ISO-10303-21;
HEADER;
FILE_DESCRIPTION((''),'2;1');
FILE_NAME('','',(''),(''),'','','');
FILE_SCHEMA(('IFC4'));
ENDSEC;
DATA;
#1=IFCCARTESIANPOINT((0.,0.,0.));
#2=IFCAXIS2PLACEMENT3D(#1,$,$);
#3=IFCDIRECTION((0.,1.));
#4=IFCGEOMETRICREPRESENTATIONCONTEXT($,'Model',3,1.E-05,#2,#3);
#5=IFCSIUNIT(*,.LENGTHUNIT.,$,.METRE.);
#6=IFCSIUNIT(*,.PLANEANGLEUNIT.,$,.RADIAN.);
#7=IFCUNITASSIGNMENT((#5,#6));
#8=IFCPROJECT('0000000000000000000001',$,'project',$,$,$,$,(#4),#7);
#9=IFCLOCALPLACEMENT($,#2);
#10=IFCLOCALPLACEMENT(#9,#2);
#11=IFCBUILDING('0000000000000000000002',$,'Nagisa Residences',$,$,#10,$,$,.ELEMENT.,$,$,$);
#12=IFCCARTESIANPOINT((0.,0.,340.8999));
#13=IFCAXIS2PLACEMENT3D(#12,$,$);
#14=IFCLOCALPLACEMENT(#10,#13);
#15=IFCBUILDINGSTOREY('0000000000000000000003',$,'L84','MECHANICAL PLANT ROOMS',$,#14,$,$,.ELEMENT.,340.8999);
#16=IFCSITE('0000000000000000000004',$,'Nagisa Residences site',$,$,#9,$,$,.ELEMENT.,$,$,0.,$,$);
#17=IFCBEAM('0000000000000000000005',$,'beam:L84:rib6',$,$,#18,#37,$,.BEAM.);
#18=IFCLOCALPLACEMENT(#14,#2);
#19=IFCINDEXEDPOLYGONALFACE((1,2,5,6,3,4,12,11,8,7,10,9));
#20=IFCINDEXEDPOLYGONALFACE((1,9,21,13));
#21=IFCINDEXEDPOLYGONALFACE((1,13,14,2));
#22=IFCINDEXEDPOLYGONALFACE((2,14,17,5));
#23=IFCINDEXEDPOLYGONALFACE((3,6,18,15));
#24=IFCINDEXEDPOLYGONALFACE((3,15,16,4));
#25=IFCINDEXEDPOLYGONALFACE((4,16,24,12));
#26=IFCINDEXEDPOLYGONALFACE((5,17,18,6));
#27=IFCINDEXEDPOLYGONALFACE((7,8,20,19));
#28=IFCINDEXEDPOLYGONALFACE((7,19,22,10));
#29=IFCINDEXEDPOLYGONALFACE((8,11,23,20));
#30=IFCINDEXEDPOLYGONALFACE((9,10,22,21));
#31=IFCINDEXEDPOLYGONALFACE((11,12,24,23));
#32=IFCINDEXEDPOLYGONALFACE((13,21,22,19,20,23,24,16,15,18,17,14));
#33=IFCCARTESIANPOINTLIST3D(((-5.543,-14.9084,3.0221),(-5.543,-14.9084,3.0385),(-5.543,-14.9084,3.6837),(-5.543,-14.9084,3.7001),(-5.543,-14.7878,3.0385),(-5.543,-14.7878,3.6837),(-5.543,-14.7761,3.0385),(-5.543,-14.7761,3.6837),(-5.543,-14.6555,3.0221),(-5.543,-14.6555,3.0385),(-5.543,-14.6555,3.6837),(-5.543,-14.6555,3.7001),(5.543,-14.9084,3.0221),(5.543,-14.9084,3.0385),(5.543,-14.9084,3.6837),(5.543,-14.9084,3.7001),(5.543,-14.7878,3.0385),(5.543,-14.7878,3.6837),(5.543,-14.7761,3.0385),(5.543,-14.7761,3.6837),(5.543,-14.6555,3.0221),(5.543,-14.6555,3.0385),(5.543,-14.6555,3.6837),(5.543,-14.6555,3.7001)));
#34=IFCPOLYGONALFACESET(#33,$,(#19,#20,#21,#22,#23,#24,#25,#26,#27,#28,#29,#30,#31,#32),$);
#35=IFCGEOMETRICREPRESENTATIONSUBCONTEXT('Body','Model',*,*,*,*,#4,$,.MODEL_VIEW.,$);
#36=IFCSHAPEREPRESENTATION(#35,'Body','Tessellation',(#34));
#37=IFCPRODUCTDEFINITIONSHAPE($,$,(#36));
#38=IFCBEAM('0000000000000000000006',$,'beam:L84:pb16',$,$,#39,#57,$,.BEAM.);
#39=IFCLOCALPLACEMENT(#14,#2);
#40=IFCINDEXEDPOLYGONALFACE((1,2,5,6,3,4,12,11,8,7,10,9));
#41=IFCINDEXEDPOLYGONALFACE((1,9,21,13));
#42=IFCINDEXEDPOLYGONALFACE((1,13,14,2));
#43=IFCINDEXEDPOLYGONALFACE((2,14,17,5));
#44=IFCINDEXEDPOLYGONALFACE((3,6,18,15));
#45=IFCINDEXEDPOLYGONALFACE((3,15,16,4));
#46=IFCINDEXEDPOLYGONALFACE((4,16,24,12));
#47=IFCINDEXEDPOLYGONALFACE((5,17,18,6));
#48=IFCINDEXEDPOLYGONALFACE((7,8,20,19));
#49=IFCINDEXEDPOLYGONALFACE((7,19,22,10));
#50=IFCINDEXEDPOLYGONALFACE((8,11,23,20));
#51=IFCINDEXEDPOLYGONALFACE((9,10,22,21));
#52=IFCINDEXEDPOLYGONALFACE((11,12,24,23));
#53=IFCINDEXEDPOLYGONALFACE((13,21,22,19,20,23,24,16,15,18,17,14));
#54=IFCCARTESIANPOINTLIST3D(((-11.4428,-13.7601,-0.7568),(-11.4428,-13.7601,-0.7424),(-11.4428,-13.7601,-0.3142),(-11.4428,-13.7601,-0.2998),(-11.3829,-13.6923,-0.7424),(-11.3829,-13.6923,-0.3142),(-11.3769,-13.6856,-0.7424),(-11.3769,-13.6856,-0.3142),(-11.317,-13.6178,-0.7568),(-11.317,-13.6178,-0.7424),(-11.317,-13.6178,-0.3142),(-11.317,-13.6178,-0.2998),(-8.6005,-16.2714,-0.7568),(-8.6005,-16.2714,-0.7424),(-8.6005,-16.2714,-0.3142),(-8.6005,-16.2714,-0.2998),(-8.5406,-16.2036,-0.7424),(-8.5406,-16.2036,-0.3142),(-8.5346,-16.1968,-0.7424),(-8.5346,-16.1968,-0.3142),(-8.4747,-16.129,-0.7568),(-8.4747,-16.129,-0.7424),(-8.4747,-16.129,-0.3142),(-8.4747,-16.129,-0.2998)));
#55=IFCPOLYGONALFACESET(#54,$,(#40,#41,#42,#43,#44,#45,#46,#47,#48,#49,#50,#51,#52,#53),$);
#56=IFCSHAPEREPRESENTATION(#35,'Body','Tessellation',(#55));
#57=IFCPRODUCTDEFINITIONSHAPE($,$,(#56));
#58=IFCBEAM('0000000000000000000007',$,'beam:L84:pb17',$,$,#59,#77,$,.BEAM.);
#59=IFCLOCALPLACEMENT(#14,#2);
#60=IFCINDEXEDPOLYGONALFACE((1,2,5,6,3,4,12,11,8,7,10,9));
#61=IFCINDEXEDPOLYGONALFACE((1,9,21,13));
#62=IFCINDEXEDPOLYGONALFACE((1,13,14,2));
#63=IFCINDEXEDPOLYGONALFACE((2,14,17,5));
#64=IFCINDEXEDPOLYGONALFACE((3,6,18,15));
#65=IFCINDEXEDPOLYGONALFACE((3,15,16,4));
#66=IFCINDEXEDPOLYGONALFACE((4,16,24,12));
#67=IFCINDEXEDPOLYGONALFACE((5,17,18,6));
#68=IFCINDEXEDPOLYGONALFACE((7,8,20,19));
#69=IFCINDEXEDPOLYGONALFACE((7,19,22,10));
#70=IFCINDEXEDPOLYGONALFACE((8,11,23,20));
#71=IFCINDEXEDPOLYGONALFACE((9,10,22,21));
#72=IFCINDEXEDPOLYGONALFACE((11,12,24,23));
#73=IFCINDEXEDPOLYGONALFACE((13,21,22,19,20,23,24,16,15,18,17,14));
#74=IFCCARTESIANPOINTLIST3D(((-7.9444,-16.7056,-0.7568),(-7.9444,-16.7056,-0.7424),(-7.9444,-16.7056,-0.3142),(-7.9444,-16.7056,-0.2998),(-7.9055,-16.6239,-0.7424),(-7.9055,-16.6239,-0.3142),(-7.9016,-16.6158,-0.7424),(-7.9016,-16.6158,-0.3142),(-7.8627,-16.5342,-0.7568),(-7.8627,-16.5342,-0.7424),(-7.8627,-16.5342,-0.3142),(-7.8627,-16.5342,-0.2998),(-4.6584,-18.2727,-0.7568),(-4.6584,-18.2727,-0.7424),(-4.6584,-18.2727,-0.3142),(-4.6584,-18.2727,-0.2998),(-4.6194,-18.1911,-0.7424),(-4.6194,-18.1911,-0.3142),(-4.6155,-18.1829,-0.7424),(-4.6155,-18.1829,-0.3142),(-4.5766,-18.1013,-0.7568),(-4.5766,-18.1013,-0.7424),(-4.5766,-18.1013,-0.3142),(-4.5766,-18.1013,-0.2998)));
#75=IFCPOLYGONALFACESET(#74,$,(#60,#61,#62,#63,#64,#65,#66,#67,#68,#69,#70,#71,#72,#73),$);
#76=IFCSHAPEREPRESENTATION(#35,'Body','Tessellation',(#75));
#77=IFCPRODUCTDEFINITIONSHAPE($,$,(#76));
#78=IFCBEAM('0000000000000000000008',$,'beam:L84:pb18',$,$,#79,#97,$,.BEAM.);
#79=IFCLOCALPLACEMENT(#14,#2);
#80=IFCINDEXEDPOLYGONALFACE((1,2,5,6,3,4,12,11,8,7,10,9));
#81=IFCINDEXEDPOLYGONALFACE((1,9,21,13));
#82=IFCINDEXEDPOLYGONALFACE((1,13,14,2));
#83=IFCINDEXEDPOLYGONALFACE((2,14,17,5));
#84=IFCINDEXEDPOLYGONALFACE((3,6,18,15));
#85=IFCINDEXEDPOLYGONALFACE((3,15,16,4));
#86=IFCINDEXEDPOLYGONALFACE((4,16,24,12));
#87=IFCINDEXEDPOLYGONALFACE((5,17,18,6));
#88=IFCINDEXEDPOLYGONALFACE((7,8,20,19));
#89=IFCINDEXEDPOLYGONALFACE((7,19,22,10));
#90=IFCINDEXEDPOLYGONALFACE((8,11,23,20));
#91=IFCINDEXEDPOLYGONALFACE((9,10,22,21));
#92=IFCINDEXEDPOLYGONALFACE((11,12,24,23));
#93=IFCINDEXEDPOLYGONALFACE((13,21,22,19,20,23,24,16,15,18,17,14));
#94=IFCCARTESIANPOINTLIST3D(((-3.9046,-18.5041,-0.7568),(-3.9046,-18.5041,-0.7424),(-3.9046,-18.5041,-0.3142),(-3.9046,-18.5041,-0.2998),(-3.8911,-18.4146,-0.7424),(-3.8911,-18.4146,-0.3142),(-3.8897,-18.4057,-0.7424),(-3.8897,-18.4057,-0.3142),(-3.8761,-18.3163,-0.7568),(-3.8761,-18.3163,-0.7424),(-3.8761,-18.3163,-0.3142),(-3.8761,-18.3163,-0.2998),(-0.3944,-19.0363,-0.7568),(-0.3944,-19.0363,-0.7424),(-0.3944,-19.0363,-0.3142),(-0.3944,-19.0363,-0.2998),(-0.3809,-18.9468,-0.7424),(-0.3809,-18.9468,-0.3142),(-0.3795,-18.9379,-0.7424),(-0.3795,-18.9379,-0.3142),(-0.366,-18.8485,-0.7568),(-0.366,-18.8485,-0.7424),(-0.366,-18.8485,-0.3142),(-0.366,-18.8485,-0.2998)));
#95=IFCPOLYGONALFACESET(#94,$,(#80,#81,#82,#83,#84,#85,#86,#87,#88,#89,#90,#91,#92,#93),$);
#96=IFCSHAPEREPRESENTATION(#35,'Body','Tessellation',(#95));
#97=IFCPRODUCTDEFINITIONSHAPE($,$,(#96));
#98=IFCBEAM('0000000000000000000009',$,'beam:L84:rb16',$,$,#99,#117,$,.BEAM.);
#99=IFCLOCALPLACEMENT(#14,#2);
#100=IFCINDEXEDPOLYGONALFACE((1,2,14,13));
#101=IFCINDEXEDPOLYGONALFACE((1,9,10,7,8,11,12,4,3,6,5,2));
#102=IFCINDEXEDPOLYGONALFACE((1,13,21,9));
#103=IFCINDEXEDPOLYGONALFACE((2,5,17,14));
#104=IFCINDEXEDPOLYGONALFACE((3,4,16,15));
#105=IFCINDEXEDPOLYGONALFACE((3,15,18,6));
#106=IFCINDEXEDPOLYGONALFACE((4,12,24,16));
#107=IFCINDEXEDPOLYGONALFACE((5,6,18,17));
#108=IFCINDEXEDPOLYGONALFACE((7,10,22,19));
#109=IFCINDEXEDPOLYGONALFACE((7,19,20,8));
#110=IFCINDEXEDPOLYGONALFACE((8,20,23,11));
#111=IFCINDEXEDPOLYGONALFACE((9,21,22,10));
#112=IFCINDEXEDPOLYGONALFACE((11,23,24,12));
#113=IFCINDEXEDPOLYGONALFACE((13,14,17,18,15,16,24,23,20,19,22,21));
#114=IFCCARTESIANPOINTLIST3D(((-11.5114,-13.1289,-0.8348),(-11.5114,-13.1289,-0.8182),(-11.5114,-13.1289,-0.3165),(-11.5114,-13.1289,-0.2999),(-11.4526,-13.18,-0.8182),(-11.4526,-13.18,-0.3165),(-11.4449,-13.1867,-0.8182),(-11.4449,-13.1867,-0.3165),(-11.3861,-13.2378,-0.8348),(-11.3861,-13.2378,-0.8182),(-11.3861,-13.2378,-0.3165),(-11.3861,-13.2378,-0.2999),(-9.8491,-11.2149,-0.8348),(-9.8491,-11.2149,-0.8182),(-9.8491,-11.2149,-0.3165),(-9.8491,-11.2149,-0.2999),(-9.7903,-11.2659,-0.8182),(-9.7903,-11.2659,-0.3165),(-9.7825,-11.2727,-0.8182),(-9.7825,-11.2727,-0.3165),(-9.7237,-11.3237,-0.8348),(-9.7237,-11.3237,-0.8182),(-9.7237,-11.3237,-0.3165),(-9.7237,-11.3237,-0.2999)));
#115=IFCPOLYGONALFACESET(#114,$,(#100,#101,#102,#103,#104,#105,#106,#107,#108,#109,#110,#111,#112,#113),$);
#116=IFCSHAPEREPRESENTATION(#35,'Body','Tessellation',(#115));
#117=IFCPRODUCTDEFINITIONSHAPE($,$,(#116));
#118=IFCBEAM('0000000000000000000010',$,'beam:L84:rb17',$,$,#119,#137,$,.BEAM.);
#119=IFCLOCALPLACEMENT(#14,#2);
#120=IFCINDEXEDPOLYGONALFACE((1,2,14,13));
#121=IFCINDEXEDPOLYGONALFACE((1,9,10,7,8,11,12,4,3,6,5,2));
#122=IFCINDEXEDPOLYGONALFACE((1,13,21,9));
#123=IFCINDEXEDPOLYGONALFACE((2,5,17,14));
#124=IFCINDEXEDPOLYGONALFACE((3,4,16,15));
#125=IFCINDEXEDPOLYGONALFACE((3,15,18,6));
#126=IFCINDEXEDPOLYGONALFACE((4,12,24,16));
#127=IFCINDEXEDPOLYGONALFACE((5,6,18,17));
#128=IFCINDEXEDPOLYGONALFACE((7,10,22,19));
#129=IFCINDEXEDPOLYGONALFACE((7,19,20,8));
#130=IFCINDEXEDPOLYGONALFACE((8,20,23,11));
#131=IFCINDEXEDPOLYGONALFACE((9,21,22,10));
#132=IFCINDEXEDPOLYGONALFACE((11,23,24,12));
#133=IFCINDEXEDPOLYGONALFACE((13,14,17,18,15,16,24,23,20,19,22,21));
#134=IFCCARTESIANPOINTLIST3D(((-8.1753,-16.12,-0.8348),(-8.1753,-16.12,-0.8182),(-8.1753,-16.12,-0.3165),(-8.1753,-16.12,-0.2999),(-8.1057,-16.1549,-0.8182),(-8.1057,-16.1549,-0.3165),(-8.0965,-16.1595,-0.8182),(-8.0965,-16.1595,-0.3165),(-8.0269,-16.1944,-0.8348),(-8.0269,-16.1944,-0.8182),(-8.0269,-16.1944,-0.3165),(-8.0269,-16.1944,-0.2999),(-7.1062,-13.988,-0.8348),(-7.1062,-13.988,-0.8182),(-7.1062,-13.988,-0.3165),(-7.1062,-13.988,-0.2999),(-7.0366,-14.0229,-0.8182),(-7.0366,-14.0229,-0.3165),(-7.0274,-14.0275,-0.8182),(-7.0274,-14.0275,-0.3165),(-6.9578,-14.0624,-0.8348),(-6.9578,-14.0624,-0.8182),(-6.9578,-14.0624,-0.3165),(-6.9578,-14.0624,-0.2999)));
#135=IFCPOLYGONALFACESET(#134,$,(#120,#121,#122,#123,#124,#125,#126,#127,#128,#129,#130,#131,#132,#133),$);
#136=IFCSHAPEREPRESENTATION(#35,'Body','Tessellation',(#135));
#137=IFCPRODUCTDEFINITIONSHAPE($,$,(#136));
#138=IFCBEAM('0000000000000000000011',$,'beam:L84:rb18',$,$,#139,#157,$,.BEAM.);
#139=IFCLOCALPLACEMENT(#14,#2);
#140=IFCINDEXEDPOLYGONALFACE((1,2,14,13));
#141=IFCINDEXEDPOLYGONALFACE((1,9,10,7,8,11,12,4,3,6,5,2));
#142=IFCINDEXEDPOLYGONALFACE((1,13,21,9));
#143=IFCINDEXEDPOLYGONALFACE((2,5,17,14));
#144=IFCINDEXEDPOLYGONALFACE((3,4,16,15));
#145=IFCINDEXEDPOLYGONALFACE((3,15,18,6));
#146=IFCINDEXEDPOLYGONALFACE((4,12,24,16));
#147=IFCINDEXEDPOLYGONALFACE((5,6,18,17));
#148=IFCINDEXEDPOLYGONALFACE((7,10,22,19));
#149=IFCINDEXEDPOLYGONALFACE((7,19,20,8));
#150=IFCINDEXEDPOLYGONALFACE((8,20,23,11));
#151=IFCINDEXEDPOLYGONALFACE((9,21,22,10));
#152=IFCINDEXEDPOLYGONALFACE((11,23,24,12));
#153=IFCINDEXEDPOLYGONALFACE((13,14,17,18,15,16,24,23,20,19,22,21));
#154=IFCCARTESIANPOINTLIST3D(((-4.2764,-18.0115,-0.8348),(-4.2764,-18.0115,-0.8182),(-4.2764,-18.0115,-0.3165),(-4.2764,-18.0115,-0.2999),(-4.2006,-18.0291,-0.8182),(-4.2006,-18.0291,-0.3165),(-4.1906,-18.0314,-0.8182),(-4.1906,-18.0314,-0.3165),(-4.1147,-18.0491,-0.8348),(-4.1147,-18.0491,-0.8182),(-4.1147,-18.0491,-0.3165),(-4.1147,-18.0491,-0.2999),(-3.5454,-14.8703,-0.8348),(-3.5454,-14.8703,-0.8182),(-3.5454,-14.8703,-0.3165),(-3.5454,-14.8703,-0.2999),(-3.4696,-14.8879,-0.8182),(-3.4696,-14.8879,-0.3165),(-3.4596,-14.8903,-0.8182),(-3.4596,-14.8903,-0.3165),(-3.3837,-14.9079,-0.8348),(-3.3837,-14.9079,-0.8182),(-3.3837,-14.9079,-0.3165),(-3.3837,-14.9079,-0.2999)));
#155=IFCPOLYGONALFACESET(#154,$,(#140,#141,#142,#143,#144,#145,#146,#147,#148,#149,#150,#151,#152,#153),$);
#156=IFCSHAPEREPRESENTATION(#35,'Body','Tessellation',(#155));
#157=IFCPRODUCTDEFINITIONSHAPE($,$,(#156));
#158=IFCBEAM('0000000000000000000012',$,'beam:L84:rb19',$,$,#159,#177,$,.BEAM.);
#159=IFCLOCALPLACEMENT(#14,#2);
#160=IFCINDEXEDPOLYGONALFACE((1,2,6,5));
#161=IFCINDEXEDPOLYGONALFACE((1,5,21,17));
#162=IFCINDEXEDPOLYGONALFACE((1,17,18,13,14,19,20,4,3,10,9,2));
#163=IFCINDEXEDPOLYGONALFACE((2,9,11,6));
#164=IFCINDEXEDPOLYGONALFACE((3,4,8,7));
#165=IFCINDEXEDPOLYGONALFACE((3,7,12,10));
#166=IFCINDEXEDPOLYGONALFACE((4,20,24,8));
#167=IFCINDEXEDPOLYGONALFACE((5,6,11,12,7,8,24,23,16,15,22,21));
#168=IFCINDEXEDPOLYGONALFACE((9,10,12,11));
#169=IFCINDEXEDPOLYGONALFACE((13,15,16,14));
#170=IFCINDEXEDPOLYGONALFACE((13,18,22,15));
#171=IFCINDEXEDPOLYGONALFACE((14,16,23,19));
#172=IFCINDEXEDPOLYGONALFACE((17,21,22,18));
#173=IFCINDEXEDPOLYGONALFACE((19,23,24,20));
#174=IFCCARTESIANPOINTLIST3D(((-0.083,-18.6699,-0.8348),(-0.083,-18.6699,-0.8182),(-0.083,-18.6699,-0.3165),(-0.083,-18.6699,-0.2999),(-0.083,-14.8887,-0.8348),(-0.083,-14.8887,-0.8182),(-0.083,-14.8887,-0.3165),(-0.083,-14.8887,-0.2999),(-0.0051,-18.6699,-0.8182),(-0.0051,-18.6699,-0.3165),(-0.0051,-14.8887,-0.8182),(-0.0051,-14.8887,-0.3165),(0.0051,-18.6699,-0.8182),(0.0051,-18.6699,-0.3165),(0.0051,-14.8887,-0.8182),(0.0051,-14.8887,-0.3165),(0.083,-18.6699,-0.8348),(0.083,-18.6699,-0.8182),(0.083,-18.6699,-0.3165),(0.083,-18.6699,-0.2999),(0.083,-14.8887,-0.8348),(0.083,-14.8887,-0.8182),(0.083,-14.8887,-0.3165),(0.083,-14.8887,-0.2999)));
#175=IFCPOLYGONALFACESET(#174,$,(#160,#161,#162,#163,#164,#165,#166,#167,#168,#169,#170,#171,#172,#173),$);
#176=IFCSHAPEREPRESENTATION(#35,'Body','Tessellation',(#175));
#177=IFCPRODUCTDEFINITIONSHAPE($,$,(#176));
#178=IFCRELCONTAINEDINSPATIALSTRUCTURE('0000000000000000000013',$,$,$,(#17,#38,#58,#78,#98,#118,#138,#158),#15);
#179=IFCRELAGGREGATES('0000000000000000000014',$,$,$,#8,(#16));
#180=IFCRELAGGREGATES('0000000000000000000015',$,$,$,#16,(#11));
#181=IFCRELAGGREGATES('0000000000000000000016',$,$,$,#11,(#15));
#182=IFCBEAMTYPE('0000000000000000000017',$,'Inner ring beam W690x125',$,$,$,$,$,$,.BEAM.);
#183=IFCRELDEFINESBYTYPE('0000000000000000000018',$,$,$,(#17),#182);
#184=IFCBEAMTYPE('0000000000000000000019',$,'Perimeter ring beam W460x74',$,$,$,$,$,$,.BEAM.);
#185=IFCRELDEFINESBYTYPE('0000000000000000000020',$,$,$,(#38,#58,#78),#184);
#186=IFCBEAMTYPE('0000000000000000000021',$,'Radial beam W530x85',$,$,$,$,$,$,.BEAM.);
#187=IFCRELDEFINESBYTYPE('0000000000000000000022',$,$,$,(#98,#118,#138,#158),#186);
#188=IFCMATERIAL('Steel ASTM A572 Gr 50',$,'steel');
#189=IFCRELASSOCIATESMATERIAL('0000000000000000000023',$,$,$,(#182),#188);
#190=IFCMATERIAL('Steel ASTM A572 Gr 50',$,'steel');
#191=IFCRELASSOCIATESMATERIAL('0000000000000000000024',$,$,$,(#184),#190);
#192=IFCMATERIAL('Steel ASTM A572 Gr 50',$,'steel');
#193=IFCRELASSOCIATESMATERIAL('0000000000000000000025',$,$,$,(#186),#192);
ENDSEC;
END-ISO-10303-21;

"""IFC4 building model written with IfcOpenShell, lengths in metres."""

from ifc_helpers import new_model, si_unit, direction, frame, origin, origin_2d, place, context, subcontext, project, spatial, i_section, extrude, material, material_profile, profile_set, type_object, element, save


model = new_model("IFC4")

# Units and contexts
model_context = context("Model", 3, precision=1e-05, world=origin(), true_north=direction((0.0, 1.0)))
body_context = subcontext(model_context, "Body", "Model", "MODEL_VIEW")
ifc_project = project(units=[si_unit("LENGTHUNIT", "METRE"), si_unit("PLANEANGLEUNIT", "RADIAN")], contexts=[model_context])

# Site, building, storey
site_placement = place(None, origin())
site = spatial("IfcSite", under=ifc_project, at=site_placement, Name="Nagisa Residences site", CompositionType="ELEMENT", RefElevation=0.0)
building_placement = place(site_placement, origin())
building = spatial("IfcBuilding", under=site, at=building_placement, Name="Nagisa Residences", CompositionType="ELEMENT")
storey_placement = place(building_placement, frame((0.0, 0.0, 340.8999)))
storey = spatial("IfcBuildingStorey", under=building, at=storey_placement, Name="L84", Description="MECHANICAL PLANT ROOMS", CompositionType="ELEMENT", Elevation=340.8999)

# Beams
ifc_material_1 = material(Name="Steel ASTM A572 Gr 50", Category="steel")
ifc_material_profile_1 = material_profile(ifc_material_1, i_section(OverallWidth=0.2529, OverallDepth=0.678, WebThickness=0.0117, FlangeThickness=0.0164, at=origin_2d()), Name="W690x125")
ifc_profile_set_1 = profile_set([ifc_material_profile_1], Name="Steel ASTM A572 Gr 50")
beam_type_1 = type_object("IfcBeamType", Name="Inner ring beam W690x125", PredefinedType="BEAM", material=ifc_profile_set_1)
for number, where, z_axis, x_axis, name in (
    (1, (-5.543, -14.782, 3.3611), (1.0, 0.0, 0.0), (0.0, 1.0, 0.0), "beam:L84:rib6"),
):
    element("IfcBeam", number, at=place(storey_placement, frame(where, z_axis=z_axis, x_axis=x_axis)), inside=storey, type_object=beam_type_1, Name=name, PredefinedType="BEAM", context=body_context, shape_type="SweptSolid", body=[
        extrude(i_section(OverallWidth=0.2529, OverallDepth=0.678, WebThickness=0.0117, FlangeThickness=0.0164, at=origin_2d()), origin(), (0.0, 0.0, 1.0), 11.0859),
    ])
ifc_material_2 = material(Name="Steel ASTM A572 Gr 50", Category="steel")
ifc_material_profile_2 = material_profile(ifc_material_2, i_section(OverallWidth=0.1899, OverallDepth=0.457, WebThickness=0.009, FlangeThickness=0.0144, at=origin_2d()), Name="W460x74")
ifc_profile_set_2 = profile_set([ifc_material_profile_2], Name="Steel ASTM A572 Gr 50")
beam_type_2 = type_object("IfcBeamType", Name="Perimeter ring beam W460x74", PredefinedType="BEAM", material=ifc_profile_set_2)
beam_1_placement = place(storey_placement, frame((-11.3799, -13.689, -0.5283), z_axis=(0.749402, -0.662115, 0.0), x_axis=(0.662115, 0.749402, 0.0)))
element("IfcBeam", 2, at=beam_1_placement, inside=storey, type_object=beam_type_2, Name="beam:L84:pb16", PredefinedType="BEAM", context=body_context, shape_type="SweptSolid", body=[
    extrude(i_section(OverallWidth=0.1899, OverallDepth=0.457, WebThickness=0.009, FlangeThickness=0.0144, at=origin_2d()), origin(), (0.0, 0.0, 1.0), 3.7927),
])
beam_2_placement = place(storey_placement, frame((-7.9036, -16.6199, -0.5283), z_axis=(0.902614, -0.430452, 0.0), x_axis=(0.430452, 0.902614, 0.0)))
element("IfcBeam", 3, at=beam_2_placement, inside=storey, type_object=beam_type_2, Name="beam:L84:pb17", PredefinedType="BEAM", context=body_context, shape_type="SweptSolid", body=[
    extrude(i_section(OverallWidth=0.1899, OverallDepth=0.457, WebThickness=0.009, FlangeThickness=0.0144, at=origin_2d()), origin(), (0.0, 0.0, 1.0), 3.6406),
])
beam_3_placement = place(storey_placement, frame((-3.8904, -18.4102, -0.5283), z_axis=(0.9887, -0.149907, 0.0), x_axis=(0.149907, 0.9887, 0.0)))
element("IfcBeam", 4, at=beam_3_placement, inside=storey, type_object=beam_type_2, Name="beam:L84:pb18", PredefinedType="BEAM", context=body_context, shape_type="SweptSolid", body=[
    extrude(i_section(OverallWidth=0.1899, OverallDepth=0.457, WebThickness=0.009, FlangeThickness=0.0144, at=origin_2d()), origin(), (0.0, 0.0, 1.0), 3.5503),
])
ifc_material_3 = material(Name="Steel ASTM A572 Gr 50", Category="steel")
ifc_material_profile_3 = material_profile(ifc_material_3, i_section(OverallWidth=0.166, OverallDepth=0.5349, WebThickness=0.0103, FlangeThickness=0.0166, at=origin_2d()), Name="W530x85")
ifc_profile_set_3 = profile_set([ifc_material_profile_3], Name="Steel ASTM A572 Gr 50")
beam_type_3 = type_object("IfcBeamType", Name="Radial beam W530x85", PredefinedType="BEAM", material=ifc_profile_set_3)
beam_4_placement = place(storey_placement, frame((-11.4487, -13.1833, -0.5674), z_axis=(0.655718, 0.755006, 0.0), x_axis=(-0.755006, 0.655718, 0.0)))
element("IfcBeam", 5, at=beam_4_placement, inside=storey, type_object=beam_type_3, Name="beam:L84:rb16", PredefinedType="BEAM", context=body_context, shape_type="SweptSolid", body=[
    extrude(i_section(OverallWidth=0.166, OverallDepth=0.5349, WebThickness=0.0103, FlangeThickness=0.0166, at=origin_2d()), origin(), (0.0, 0.0, 1.0), 2.5352),
])
beam_5_placement = place(storey_placement, frame((-8.1011, -16.1572, -0.5674), z_axis=(0.448237, 0.893915, 0.0), x_axis=(-0.893915, 0.448237, 0.0)))
element("IfcBeam", 6, at=beam_5_placement, inside=storey, type_object=beam_type_3, Name="beam:L84:rb17", PredefinedType="BEAM", context=body_context, shape_type="SweptSolid", body=[
    extrude(i_section(OverallWidth=0.166, OverallDepth=0.5349, WebThickness=0.0103, FlangeThickness=0.0166, at=origin_2d()), origin(), (0.0, 0.0, 1.0), 2.385),
])
beam_6_placement = place(storey_placement, frame((-4.1956, -18.0303, -0.5674), z_axis=(0.22665, 0.973976, 0.0), x_axis=(-0.973976, 0.22665, 0.0)))
element("IfcBeam", 7, at=beam_6_placement, inside=storey, type_object=beam_type_3, Name="beam:L84:rb18", PredefinedType="BEAM", context=body_context, shape_type="SweptSolid", body=[
    extrude(i_section(OverallWidth=0.166, OverallDepth=0.5349, WebThickness=0.0103, FlangeThickness=0.0166, at=origin_2d()), origin(), (0.0, 0.0, 1.0), 3.2251),
])
beam_7_placement = place(storey_placement, frame((0.0, -18.6699, -0.5674), z_axis=(0.0, 1.0, 0.0), x_axis=(-1.0, 0.0, 0.0)))
element("IfcBeam", 8, at=beam_7_placement, inside=storey, type_object=beam_type_3, Name="beam:L84:rb19", PredefinedType="BEAM", context=body_context, shape_type="SweptSolid", body=[
    extrude(i_section(OverallWidth=0.166, OverallDepth=0.5349, WebThickness=0.0103, FlangeThickness=0.0166, at=origin_2d()), origin(), (0.0, 0.0, 1.0), 3.7812),
])

save(model, "model.ifc")
